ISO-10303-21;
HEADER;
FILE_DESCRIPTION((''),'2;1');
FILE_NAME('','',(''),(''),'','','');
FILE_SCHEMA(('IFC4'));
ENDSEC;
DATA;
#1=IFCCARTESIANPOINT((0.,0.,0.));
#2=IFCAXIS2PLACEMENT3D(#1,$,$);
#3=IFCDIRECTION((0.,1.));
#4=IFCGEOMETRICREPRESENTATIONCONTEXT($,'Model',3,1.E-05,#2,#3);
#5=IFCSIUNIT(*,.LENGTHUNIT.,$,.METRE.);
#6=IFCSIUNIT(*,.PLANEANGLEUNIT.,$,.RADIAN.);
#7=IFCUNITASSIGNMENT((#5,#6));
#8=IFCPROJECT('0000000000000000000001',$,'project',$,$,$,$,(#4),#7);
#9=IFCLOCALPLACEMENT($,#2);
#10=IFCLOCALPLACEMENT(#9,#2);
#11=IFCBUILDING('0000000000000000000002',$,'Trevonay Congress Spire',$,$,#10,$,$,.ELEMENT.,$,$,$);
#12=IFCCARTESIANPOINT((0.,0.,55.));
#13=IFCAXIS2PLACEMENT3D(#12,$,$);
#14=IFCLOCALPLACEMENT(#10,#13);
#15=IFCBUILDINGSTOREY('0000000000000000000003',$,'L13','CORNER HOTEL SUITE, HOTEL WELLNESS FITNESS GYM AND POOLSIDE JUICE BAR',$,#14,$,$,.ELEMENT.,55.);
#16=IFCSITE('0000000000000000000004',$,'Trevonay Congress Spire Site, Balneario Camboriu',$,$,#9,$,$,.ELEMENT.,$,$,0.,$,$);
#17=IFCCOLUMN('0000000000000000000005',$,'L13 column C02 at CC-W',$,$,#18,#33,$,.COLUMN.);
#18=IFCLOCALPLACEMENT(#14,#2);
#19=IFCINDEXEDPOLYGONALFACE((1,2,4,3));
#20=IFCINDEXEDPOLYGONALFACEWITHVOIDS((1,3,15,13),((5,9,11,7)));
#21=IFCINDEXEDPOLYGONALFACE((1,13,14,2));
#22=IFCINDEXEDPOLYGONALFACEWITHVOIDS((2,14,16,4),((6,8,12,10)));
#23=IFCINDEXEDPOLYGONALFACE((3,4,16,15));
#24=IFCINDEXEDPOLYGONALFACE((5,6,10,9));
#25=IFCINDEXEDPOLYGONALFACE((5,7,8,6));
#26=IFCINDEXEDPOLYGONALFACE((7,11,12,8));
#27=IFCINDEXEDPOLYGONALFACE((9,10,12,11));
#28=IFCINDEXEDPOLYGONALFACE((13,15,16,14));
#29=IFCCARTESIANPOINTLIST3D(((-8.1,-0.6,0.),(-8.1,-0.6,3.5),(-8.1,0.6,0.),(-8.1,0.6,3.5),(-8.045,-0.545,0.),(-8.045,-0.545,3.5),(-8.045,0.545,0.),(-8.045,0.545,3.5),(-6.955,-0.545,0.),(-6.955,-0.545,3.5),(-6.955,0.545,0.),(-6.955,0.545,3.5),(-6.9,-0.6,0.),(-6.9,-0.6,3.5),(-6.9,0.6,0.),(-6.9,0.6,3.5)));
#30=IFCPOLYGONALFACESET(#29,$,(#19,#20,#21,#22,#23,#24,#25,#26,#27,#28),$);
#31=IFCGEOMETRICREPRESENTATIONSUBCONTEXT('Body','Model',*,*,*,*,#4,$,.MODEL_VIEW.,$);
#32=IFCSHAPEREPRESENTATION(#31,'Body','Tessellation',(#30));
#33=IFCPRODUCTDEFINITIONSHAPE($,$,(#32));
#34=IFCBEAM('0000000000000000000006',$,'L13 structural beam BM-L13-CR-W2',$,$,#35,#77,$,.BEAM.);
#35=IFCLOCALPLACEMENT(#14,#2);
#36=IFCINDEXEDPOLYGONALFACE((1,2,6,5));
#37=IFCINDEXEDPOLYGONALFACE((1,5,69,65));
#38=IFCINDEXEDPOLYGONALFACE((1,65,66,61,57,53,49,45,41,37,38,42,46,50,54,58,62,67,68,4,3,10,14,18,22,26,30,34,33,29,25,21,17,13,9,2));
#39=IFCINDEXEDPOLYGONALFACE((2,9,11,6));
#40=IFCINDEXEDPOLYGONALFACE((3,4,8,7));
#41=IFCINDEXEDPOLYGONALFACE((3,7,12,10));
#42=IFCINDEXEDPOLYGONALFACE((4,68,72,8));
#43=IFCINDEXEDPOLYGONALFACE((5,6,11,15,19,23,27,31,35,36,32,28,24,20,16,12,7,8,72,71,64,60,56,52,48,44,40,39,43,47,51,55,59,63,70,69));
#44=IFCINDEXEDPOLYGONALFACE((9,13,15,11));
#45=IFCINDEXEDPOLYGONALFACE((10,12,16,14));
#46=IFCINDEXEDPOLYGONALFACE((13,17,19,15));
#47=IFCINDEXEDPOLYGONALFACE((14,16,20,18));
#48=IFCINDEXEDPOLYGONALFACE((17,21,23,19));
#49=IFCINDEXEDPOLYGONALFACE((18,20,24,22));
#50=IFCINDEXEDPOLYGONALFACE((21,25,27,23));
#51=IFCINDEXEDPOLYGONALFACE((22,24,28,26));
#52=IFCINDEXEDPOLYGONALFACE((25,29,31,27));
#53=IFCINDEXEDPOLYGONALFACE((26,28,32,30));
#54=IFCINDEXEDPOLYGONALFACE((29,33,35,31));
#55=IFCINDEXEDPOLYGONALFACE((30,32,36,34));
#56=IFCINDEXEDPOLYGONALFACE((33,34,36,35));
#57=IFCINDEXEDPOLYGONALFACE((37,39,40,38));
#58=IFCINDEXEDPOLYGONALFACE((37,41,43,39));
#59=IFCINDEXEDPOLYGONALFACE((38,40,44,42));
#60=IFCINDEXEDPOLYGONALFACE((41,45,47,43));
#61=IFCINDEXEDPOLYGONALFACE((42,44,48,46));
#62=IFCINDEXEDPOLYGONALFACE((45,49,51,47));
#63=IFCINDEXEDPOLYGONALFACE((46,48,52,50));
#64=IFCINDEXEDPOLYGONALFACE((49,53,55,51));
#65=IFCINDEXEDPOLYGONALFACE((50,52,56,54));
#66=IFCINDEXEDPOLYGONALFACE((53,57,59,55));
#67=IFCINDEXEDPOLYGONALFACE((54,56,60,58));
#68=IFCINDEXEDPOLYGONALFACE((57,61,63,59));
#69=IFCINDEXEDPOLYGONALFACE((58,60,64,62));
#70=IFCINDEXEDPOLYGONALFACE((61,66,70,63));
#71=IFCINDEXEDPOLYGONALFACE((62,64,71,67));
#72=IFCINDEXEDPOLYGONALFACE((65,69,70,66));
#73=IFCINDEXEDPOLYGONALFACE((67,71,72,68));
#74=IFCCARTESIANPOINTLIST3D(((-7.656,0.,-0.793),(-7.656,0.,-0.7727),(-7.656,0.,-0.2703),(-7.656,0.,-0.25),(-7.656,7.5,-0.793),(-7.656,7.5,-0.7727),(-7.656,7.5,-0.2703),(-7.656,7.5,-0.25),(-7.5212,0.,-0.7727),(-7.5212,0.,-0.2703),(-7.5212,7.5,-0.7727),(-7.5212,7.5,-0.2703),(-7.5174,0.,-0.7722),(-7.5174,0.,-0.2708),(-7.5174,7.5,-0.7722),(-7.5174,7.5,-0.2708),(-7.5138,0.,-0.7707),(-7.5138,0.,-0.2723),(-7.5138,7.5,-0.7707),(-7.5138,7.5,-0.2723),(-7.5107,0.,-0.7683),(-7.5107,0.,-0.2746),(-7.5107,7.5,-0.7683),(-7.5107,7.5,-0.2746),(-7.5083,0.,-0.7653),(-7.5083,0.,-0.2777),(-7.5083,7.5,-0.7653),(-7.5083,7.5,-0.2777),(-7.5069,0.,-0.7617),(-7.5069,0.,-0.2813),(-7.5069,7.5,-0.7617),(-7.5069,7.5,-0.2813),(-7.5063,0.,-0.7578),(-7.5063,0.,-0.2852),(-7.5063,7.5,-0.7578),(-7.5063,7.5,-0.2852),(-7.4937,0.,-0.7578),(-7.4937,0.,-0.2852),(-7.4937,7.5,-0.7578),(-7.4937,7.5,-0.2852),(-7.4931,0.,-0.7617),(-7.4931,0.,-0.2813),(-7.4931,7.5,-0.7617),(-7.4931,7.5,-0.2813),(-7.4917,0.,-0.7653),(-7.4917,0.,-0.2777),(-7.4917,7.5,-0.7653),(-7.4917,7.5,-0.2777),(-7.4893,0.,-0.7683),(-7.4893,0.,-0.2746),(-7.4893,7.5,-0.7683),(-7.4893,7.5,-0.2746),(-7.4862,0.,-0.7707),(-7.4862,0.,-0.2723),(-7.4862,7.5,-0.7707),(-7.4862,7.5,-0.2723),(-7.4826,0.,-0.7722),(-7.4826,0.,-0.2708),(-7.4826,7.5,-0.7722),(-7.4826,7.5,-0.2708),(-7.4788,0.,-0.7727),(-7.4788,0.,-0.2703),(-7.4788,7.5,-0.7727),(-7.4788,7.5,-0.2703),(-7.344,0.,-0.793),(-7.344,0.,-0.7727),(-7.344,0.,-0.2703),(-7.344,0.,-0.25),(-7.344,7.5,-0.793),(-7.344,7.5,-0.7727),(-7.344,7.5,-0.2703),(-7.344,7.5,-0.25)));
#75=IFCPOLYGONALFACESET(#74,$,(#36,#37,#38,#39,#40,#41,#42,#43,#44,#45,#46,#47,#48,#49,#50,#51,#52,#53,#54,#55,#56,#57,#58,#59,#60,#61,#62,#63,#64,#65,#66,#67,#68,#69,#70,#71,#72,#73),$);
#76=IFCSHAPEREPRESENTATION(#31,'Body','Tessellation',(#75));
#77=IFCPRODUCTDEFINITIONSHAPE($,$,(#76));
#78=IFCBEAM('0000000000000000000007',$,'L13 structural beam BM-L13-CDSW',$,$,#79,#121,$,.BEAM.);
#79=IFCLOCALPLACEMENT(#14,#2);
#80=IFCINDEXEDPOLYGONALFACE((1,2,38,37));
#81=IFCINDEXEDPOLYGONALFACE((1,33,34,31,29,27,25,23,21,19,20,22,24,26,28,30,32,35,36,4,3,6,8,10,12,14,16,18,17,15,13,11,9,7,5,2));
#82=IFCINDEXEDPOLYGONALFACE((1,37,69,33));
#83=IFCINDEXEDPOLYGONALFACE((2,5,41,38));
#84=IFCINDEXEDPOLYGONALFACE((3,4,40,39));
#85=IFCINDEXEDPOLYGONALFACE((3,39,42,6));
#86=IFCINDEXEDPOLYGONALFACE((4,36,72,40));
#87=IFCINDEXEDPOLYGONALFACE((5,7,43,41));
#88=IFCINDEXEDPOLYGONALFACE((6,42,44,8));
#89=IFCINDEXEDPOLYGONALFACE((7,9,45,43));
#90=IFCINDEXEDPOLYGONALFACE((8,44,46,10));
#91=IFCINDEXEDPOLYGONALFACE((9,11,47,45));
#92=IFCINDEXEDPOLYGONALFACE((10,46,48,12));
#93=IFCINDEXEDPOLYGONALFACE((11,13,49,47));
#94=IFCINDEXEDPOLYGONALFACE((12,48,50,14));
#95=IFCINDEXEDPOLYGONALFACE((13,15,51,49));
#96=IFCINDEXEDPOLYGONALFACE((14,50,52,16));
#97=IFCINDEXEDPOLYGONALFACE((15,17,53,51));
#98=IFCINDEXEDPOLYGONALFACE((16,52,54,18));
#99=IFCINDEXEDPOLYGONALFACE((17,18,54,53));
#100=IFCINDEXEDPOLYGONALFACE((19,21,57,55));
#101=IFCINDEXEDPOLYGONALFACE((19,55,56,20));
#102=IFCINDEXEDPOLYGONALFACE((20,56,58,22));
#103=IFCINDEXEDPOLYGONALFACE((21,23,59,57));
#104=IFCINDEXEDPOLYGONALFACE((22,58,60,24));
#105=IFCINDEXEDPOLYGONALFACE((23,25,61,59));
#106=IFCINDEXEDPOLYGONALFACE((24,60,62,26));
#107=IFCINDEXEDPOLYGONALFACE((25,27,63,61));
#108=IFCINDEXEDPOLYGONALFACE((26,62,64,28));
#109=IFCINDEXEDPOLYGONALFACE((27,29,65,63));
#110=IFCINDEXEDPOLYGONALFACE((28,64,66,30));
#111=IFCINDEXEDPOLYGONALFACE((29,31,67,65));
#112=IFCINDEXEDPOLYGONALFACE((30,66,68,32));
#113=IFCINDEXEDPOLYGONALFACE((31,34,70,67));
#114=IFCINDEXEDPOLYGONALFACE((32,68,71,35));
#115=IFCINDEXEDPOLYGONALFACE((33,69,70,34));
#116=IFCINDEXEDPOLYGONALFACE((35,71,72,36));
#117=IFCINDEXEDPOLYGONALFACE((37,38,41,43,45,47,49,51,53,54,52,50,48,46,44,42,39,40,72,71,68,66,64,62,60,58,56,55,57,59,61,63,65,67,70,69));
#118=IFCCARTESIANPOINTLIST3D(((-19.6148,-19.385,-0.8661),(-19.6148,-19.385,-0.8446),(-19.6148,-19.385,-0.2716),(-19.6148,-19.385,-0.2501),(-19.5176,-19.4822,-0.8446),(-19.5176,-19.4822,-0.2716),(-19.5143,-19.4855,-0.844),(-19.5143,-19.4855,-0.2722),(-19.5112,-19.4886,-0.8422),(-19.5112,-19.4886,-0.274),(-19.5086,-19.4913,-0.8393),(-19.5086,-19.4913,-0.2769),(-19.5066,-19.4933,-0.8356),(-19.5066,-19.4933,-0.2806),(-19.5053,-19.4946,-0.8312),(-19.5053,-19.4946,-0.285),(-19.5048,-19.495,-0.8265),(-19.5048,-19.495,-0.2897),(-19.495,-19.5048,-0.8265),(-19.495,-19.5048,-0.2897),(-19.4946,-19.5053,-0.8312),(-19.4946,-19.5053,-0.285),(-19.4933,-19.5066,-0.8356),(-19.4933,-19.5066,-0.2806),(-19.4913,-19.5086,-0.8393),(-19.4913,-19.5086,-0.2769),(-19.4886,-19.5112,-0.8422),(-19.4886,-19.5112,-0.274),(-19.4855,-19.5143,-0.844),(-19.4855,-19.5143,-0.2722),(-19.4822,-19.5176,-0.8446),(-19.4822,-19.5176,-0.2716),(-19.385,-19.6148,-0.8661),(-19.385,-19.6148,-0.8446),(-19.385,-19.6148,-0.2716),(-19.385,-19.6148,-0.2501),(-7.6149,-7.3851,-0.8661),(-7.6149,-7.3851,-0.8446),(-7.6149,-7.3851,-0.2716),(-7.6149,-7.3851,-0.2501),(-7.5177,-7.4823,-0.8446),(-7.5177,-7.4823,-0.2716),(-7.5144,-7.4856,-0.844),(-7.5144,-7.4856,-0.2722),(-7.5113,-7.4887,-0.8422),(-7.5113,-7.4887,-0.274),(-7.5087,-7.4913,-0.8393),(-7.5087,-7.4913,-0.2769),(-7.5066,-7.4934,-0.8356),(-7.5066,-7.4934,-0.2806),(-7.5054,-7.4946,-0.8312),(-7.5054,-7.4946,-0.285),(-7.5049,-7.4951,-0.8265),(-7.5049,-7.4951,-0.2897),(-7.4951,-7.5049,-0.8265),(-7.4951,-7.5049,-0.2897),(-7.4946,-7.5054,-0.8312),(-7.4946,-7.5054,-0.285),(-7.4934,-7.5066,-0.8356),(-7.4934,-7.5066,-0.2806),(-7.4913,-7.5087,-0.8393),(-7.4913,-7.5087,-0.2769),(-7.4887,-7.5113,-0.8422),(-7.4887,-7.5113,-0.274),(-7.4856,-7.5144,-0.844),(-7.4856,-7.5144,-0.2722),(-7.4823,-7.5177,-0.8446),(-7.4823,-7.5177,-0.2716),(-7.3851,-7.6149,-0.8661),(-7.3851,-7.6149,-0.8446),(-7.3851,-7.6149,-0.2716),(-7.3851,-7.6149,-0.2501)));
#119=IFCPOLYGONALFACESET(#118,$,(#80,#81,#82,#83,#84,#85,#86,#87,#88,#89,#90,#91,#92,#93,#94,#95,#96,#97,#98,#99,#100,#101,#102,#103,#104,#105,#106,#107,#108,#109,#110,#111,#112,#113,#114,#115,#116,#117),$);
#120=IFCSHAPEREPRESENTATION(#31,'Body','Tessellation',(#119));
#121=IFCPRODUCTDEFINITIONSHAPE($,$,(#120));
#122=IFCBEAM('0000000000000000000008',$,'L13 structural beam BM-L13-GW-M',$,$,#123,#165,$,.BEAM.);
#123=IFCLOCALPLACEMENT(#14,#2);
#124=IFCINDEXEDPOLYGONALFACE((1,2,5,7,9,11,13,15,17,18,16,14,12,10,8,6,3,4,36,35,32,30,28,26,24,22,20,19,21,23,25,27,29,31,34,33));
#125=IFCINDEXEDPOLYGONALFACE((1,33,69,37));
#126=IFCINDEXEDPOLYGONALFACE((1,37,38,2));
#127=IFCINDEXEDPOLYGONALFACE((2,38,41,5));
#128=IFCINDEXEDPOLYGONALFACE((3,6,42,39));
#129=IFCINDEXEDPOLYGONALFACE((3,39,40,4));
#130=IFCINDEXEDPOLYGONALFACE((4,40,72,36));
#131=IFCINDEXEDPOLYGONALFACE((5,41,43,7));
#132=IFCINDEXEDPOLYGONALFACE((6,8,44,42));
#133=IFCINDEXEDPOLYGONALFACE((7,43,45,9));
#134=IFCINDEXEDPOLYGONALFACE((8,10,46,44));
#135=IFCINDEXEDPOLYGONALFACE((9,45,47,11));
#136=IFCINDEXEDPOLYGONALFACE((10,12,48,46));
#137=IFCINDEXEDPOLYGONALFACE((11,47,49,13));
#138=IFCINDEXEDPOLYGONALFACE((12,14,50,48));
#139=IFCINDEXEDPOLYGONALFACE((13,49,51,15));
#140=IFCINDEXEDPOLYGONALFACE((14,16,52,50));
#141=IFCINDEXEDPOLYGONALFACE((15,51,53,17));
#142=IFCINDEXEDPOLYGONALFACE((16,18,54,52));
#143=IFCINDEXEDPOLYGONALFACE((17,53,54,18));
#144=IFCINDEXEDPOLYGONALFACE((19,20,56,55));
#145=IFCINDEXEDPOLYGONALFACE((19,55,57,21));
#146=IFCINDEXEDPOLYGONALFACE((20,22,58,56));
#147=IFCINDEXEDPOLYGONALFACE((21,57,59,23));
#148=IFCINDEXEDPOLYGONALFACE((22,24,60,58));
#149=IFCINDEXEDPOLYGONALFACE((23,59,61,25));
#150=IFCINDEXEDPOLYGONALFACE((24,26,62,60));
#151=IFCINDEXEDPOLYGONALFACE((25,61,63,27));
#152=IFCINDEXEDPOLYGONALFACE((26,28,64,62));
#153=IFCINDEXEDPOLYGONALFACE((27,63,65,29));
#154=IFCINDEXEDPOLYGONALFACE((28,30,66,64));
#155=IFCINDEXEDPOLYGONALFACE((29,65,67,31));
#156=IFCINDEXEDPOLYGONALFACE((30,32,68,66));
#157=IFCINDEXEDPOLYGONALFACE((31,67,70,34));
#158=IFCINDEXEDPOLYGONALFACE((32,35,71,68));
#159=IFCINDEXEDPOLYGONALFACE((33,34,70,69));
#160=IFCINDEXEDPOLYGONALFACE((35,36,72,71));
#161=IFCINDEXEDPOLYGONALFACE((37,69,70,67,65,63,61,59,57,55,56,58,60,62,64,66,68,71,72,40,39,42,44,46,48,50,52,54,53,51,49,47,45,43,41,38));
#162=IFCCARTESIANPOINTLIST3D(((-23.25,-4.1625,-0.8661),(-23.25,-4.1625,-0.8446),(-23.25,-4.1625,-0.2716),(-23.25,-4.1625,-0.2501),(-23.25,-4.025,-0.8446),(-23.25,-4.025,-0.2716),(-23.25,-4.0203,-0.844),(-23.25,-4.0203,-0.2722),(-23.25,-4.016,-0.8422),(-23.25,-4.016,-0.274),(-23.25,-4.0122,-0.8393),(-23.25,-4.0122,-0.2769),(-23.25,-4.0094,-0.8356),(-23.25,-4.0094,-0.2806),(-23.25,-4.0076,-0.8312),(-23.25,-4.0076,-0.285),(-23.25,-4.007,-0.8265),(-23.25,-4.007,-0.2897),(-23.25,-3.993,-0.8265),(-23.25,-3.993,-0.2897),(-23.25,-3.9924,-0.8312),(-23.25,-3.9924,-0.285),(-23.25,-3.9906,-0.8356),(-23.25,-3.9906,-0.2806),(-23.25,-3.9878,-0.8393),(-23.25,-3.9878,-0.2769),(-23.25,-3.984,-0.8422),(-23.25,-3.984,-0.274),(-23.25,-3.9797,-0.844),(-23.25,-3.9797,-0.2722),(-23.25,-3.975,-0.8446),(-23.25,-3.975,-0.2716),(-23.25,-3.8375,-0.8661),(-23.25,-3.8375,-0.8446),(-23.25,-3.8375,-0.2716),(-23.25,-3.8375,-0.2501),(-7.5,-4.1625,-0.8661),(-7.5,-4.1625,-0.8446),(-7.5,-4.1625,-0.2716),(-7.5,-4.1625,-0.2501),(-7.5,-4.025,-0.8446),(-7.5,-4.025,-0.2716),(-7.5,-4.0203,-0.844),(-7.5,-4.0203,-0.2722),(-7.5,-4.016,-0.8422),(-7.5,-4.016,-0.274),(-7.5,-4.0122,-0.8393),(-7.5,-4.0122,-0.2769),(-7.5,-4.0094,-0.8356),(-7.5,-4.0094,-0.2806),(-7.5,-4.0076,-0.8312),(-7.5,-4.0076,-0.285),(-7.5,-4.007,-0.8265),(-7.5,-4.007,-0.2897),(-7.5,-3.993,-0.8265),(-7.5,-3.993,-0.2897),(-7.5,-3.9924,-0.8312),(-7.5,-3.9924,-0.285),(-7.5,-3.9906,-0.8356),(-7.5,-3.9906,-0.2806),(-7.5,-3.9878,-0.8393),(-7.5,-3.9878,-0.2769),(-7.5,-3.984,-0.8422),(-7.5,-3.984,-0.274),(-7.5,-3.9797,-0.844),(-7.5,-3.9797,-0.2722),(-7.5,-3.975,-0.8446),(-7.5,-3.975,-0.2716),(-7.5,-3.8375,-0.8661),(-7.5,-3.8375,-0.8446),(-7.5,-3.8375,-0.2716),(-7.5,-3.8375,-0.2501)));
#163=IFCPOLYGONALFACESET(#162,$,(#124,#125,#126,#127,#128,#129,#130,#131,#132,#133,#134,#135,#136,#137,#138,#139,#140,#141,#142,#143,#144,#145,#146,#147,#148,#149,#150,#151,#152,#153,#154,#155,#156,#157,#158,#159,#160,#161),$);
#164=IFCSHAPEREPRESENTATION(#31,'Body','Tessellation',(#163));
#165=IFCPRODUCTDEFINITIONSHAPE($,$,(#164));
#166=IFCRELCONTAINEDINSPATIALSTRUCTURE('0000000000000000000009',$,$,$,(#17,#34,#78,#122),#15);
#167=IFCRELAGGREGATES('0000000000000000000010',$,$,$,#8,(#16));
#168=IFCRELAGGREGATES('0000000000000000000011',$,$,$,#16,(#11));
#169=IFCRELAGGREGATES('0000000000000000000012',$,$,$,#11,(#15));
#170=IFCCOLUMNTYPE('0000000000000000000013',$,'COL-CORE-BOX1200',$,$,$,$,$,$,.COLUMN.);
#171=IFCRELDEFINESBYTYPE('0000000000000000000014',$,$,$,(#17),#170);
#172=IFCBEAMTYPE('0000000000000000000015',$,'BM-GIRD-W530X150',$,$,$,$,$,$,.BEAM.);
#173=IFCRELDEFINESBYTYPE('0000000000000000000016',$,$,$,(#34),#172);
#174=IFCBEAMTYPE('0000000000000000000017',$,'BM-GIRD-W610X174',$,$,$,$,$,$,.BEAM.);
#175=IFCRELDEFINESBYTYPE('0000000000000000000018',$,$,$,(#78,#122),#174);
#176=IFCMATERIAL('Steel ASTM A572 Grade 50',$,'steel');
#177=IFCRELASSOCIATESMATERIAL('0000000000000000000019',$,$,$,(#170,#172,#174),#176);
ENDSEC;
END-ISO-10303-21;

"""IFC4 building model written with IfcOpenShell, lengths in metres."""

from ifc_helpers import new_model, si_unit, direction, frame, origin, origin_2d, place, context, subcontext, project, spatial, hollow_rectangle, i_section, extrude, material, material_profile, profile_set, type_object, element, save


model = new_model("IFC4")

# Units and contexts
model_context = context("Model", 3, precision=1e-05, world=origin(), true_north=direction((0.0, 1.0)))
body_context = subcontext(model_context, "Body", "Model", "MODEL_VIEW")
ifc_project = project(units=[si_unit("LENGTHUNIT", "METRE"), si_unit("PLANEANGLEUNIT", "RADIAN")], contexts=[model_context])

# Site, building, storey
site_placement = place(None, origin())
site = spatial("IfcSite", under=ifc_project, at=site_placement, Name="Trevonay Congress Spire Site, Balneario Camboriu", CompositionType="ELEMENT", RefElevation=0.0)
building_placement = place(site_placement, origin())
building = spatial("IfcBuilding", under=site, at=building_placement, Name="Trevonay Congress Spire", CompositionType="ELEMENT")
storey_placement = place(building_placement, frame((0.0, 0.0, 55.0)))
storey = spatial("IfcBuildingStorey", under=building, at=storey_placement, Name="L13", Description="CORNER HOTEL SUITE, HOTEL WELLNESS FITNESS GYM AND POOLSIDE JUICE BAR", CompositionType="ELEMENT", Elevation=55.0)

# Column
ifc_material_1 = material(Name="Steel ASTM A572 Grade 50", Category="steel")
ifc_material_profile_1 = material_profile(ifc_material_1, hollow_rectangle(XDim=1.2, YDim=1.2, WallThickness=0.0549, at=origin_2d()), Name="BOX 1200x1200x55")
ifc_profile_set_1 = profile_set([ifc_material_profile_1], Name="Steel ASTM A572 Grade 50")
column_type = type_object("IfcColumnType", Name="COL-CORE-BOX1200", PredefinedType="COLUMN", material=ifc_profile_set_1)
column_placement = place(storey_placement, frame((-7.5, 0.0, 0.0), z_axis=(0.0, 0.0, 1.0), x_axis=(1.0, 0.0, 0.0)))
element("IfcColumn", 1, at=column_placement, inside=storey, type_object=column_type, Name="L13 column C02 at CC-W", PredefinedType="COLUMN", context=body_context, shape_type="SweptSolid", body=[
    extrude(hollow_rectangle(XDim=1.2, YDim=1.2, WallThickness=0.0549, at=origin_2d()), origin(), (0.0, 0.0, 1.0), 3.5),
])

# Beams
ifc_material_profile_2 = material_profile(ifc_material_1, i_section(OverallWidth=0.312, OverallDepth=0.543, WebThickness=0.0127, FlangeThickness=0.0203, FilletRadius=0.0149, at=origin_2d()), Name="W530x150")
ifc_profile_set_2 = profile_set([ifc_material_profile_2], Name="Steel ASTM A572 Grade 50")
beam_type_1 = type_object("IfcBeamType", Name="BM-GIRD-W530X150", PredefinedType="BEAM", material=ifc_profile_set_2)
beam_1_placement = place(storey_placement, frame((-7.5, 0.0, -0.5215), z_axis=(0.0, 1.0, 0.0), x_axis=(-1.0, 0.0, 0.0)))
element("IfcBeam", 2, at=beam_1_placement, inside=storey, type_object=beam_type_1, Name="L13 structural beam BM-L13-CR-W2", PredefinedType="BEAM", context=body_context, shape_type="SweptSolid", body=[
    extrude(i_section(OverallWidth=0.312, OverallDepth=0.543, WebThickness=0.0127, FlangeThickness=0.0203, FilletRadius=0.0149, at=origin_2d()), origin(), (0.0, 0.0, 1.0), 7.5),
])
ifc_material_profile_3 = material_profile(ifc_material_1, i_section(OverallWidth=0.325, OverallDepth=0.616, WebThickness=0.0139, FlangeThickness=0.0215, FilletRadius=0.0181, at=origin_2d()), Name="W610x174")
ifc_profile_set_3 = profile_set([ifc_material_profile_3], Name="Steel ASTM A572 Grade 50")
beam_type_2 = type_object("IfcBeamType", Name="BM-GIRD-W610X174", PredefinedType="BEAM", material=ifc_profile_set_3)
beam_2_placement = place(storey_placement, frame((-7.5, -7.5, -0.5581), z_axis=(-0.707107, -0.707107, 0.0), x_axis=(0.707107, -0.707107, 0.0)))
element("IfcBeam", 3, at=beam_2_placement, inside=storey, type_object=beam_type_2, Name="L13 structural beam BM-L13-CDSW", PredefinedType="BEAM", context=body_context, shape_type="SweptSolid", body=[
    extrude(i_section(OverallWidth=0.325, OverallDepth=0.616, WebThickness=0.0139, FlangeThickness=0.0215, FilletRadius=0.0181, at=origin_2d()), origin(), (0.0, 0.0, 1.0), 16.9705),
])
beam_3_placement = place(storey_placement, frame((-7.5, -4.0, -0.5581), z_axis=(-1.0, 0.0, 0.0), x_axis=(0.0, -1.0, 0.0)))
element("IfcBeam", 4, at=beam_3_placement, inside=storey, type_object=beam_type_2, Name="L13 structural beam BM-L13-GW-M", PredefinedType="BEAM", context=body_context, shape_type="SweptSolid", body=[
    extrude(i_section(OverallWidth=0.325, OverallDepth=0.616, WebThickness=0.0139, FlangeThickness=0.0215, FilletRadius=0.0181, at=origin_2d()), origin(), (0.0, 0.0, 1.0), 15.75),
])

save(model, "model.ifc")
